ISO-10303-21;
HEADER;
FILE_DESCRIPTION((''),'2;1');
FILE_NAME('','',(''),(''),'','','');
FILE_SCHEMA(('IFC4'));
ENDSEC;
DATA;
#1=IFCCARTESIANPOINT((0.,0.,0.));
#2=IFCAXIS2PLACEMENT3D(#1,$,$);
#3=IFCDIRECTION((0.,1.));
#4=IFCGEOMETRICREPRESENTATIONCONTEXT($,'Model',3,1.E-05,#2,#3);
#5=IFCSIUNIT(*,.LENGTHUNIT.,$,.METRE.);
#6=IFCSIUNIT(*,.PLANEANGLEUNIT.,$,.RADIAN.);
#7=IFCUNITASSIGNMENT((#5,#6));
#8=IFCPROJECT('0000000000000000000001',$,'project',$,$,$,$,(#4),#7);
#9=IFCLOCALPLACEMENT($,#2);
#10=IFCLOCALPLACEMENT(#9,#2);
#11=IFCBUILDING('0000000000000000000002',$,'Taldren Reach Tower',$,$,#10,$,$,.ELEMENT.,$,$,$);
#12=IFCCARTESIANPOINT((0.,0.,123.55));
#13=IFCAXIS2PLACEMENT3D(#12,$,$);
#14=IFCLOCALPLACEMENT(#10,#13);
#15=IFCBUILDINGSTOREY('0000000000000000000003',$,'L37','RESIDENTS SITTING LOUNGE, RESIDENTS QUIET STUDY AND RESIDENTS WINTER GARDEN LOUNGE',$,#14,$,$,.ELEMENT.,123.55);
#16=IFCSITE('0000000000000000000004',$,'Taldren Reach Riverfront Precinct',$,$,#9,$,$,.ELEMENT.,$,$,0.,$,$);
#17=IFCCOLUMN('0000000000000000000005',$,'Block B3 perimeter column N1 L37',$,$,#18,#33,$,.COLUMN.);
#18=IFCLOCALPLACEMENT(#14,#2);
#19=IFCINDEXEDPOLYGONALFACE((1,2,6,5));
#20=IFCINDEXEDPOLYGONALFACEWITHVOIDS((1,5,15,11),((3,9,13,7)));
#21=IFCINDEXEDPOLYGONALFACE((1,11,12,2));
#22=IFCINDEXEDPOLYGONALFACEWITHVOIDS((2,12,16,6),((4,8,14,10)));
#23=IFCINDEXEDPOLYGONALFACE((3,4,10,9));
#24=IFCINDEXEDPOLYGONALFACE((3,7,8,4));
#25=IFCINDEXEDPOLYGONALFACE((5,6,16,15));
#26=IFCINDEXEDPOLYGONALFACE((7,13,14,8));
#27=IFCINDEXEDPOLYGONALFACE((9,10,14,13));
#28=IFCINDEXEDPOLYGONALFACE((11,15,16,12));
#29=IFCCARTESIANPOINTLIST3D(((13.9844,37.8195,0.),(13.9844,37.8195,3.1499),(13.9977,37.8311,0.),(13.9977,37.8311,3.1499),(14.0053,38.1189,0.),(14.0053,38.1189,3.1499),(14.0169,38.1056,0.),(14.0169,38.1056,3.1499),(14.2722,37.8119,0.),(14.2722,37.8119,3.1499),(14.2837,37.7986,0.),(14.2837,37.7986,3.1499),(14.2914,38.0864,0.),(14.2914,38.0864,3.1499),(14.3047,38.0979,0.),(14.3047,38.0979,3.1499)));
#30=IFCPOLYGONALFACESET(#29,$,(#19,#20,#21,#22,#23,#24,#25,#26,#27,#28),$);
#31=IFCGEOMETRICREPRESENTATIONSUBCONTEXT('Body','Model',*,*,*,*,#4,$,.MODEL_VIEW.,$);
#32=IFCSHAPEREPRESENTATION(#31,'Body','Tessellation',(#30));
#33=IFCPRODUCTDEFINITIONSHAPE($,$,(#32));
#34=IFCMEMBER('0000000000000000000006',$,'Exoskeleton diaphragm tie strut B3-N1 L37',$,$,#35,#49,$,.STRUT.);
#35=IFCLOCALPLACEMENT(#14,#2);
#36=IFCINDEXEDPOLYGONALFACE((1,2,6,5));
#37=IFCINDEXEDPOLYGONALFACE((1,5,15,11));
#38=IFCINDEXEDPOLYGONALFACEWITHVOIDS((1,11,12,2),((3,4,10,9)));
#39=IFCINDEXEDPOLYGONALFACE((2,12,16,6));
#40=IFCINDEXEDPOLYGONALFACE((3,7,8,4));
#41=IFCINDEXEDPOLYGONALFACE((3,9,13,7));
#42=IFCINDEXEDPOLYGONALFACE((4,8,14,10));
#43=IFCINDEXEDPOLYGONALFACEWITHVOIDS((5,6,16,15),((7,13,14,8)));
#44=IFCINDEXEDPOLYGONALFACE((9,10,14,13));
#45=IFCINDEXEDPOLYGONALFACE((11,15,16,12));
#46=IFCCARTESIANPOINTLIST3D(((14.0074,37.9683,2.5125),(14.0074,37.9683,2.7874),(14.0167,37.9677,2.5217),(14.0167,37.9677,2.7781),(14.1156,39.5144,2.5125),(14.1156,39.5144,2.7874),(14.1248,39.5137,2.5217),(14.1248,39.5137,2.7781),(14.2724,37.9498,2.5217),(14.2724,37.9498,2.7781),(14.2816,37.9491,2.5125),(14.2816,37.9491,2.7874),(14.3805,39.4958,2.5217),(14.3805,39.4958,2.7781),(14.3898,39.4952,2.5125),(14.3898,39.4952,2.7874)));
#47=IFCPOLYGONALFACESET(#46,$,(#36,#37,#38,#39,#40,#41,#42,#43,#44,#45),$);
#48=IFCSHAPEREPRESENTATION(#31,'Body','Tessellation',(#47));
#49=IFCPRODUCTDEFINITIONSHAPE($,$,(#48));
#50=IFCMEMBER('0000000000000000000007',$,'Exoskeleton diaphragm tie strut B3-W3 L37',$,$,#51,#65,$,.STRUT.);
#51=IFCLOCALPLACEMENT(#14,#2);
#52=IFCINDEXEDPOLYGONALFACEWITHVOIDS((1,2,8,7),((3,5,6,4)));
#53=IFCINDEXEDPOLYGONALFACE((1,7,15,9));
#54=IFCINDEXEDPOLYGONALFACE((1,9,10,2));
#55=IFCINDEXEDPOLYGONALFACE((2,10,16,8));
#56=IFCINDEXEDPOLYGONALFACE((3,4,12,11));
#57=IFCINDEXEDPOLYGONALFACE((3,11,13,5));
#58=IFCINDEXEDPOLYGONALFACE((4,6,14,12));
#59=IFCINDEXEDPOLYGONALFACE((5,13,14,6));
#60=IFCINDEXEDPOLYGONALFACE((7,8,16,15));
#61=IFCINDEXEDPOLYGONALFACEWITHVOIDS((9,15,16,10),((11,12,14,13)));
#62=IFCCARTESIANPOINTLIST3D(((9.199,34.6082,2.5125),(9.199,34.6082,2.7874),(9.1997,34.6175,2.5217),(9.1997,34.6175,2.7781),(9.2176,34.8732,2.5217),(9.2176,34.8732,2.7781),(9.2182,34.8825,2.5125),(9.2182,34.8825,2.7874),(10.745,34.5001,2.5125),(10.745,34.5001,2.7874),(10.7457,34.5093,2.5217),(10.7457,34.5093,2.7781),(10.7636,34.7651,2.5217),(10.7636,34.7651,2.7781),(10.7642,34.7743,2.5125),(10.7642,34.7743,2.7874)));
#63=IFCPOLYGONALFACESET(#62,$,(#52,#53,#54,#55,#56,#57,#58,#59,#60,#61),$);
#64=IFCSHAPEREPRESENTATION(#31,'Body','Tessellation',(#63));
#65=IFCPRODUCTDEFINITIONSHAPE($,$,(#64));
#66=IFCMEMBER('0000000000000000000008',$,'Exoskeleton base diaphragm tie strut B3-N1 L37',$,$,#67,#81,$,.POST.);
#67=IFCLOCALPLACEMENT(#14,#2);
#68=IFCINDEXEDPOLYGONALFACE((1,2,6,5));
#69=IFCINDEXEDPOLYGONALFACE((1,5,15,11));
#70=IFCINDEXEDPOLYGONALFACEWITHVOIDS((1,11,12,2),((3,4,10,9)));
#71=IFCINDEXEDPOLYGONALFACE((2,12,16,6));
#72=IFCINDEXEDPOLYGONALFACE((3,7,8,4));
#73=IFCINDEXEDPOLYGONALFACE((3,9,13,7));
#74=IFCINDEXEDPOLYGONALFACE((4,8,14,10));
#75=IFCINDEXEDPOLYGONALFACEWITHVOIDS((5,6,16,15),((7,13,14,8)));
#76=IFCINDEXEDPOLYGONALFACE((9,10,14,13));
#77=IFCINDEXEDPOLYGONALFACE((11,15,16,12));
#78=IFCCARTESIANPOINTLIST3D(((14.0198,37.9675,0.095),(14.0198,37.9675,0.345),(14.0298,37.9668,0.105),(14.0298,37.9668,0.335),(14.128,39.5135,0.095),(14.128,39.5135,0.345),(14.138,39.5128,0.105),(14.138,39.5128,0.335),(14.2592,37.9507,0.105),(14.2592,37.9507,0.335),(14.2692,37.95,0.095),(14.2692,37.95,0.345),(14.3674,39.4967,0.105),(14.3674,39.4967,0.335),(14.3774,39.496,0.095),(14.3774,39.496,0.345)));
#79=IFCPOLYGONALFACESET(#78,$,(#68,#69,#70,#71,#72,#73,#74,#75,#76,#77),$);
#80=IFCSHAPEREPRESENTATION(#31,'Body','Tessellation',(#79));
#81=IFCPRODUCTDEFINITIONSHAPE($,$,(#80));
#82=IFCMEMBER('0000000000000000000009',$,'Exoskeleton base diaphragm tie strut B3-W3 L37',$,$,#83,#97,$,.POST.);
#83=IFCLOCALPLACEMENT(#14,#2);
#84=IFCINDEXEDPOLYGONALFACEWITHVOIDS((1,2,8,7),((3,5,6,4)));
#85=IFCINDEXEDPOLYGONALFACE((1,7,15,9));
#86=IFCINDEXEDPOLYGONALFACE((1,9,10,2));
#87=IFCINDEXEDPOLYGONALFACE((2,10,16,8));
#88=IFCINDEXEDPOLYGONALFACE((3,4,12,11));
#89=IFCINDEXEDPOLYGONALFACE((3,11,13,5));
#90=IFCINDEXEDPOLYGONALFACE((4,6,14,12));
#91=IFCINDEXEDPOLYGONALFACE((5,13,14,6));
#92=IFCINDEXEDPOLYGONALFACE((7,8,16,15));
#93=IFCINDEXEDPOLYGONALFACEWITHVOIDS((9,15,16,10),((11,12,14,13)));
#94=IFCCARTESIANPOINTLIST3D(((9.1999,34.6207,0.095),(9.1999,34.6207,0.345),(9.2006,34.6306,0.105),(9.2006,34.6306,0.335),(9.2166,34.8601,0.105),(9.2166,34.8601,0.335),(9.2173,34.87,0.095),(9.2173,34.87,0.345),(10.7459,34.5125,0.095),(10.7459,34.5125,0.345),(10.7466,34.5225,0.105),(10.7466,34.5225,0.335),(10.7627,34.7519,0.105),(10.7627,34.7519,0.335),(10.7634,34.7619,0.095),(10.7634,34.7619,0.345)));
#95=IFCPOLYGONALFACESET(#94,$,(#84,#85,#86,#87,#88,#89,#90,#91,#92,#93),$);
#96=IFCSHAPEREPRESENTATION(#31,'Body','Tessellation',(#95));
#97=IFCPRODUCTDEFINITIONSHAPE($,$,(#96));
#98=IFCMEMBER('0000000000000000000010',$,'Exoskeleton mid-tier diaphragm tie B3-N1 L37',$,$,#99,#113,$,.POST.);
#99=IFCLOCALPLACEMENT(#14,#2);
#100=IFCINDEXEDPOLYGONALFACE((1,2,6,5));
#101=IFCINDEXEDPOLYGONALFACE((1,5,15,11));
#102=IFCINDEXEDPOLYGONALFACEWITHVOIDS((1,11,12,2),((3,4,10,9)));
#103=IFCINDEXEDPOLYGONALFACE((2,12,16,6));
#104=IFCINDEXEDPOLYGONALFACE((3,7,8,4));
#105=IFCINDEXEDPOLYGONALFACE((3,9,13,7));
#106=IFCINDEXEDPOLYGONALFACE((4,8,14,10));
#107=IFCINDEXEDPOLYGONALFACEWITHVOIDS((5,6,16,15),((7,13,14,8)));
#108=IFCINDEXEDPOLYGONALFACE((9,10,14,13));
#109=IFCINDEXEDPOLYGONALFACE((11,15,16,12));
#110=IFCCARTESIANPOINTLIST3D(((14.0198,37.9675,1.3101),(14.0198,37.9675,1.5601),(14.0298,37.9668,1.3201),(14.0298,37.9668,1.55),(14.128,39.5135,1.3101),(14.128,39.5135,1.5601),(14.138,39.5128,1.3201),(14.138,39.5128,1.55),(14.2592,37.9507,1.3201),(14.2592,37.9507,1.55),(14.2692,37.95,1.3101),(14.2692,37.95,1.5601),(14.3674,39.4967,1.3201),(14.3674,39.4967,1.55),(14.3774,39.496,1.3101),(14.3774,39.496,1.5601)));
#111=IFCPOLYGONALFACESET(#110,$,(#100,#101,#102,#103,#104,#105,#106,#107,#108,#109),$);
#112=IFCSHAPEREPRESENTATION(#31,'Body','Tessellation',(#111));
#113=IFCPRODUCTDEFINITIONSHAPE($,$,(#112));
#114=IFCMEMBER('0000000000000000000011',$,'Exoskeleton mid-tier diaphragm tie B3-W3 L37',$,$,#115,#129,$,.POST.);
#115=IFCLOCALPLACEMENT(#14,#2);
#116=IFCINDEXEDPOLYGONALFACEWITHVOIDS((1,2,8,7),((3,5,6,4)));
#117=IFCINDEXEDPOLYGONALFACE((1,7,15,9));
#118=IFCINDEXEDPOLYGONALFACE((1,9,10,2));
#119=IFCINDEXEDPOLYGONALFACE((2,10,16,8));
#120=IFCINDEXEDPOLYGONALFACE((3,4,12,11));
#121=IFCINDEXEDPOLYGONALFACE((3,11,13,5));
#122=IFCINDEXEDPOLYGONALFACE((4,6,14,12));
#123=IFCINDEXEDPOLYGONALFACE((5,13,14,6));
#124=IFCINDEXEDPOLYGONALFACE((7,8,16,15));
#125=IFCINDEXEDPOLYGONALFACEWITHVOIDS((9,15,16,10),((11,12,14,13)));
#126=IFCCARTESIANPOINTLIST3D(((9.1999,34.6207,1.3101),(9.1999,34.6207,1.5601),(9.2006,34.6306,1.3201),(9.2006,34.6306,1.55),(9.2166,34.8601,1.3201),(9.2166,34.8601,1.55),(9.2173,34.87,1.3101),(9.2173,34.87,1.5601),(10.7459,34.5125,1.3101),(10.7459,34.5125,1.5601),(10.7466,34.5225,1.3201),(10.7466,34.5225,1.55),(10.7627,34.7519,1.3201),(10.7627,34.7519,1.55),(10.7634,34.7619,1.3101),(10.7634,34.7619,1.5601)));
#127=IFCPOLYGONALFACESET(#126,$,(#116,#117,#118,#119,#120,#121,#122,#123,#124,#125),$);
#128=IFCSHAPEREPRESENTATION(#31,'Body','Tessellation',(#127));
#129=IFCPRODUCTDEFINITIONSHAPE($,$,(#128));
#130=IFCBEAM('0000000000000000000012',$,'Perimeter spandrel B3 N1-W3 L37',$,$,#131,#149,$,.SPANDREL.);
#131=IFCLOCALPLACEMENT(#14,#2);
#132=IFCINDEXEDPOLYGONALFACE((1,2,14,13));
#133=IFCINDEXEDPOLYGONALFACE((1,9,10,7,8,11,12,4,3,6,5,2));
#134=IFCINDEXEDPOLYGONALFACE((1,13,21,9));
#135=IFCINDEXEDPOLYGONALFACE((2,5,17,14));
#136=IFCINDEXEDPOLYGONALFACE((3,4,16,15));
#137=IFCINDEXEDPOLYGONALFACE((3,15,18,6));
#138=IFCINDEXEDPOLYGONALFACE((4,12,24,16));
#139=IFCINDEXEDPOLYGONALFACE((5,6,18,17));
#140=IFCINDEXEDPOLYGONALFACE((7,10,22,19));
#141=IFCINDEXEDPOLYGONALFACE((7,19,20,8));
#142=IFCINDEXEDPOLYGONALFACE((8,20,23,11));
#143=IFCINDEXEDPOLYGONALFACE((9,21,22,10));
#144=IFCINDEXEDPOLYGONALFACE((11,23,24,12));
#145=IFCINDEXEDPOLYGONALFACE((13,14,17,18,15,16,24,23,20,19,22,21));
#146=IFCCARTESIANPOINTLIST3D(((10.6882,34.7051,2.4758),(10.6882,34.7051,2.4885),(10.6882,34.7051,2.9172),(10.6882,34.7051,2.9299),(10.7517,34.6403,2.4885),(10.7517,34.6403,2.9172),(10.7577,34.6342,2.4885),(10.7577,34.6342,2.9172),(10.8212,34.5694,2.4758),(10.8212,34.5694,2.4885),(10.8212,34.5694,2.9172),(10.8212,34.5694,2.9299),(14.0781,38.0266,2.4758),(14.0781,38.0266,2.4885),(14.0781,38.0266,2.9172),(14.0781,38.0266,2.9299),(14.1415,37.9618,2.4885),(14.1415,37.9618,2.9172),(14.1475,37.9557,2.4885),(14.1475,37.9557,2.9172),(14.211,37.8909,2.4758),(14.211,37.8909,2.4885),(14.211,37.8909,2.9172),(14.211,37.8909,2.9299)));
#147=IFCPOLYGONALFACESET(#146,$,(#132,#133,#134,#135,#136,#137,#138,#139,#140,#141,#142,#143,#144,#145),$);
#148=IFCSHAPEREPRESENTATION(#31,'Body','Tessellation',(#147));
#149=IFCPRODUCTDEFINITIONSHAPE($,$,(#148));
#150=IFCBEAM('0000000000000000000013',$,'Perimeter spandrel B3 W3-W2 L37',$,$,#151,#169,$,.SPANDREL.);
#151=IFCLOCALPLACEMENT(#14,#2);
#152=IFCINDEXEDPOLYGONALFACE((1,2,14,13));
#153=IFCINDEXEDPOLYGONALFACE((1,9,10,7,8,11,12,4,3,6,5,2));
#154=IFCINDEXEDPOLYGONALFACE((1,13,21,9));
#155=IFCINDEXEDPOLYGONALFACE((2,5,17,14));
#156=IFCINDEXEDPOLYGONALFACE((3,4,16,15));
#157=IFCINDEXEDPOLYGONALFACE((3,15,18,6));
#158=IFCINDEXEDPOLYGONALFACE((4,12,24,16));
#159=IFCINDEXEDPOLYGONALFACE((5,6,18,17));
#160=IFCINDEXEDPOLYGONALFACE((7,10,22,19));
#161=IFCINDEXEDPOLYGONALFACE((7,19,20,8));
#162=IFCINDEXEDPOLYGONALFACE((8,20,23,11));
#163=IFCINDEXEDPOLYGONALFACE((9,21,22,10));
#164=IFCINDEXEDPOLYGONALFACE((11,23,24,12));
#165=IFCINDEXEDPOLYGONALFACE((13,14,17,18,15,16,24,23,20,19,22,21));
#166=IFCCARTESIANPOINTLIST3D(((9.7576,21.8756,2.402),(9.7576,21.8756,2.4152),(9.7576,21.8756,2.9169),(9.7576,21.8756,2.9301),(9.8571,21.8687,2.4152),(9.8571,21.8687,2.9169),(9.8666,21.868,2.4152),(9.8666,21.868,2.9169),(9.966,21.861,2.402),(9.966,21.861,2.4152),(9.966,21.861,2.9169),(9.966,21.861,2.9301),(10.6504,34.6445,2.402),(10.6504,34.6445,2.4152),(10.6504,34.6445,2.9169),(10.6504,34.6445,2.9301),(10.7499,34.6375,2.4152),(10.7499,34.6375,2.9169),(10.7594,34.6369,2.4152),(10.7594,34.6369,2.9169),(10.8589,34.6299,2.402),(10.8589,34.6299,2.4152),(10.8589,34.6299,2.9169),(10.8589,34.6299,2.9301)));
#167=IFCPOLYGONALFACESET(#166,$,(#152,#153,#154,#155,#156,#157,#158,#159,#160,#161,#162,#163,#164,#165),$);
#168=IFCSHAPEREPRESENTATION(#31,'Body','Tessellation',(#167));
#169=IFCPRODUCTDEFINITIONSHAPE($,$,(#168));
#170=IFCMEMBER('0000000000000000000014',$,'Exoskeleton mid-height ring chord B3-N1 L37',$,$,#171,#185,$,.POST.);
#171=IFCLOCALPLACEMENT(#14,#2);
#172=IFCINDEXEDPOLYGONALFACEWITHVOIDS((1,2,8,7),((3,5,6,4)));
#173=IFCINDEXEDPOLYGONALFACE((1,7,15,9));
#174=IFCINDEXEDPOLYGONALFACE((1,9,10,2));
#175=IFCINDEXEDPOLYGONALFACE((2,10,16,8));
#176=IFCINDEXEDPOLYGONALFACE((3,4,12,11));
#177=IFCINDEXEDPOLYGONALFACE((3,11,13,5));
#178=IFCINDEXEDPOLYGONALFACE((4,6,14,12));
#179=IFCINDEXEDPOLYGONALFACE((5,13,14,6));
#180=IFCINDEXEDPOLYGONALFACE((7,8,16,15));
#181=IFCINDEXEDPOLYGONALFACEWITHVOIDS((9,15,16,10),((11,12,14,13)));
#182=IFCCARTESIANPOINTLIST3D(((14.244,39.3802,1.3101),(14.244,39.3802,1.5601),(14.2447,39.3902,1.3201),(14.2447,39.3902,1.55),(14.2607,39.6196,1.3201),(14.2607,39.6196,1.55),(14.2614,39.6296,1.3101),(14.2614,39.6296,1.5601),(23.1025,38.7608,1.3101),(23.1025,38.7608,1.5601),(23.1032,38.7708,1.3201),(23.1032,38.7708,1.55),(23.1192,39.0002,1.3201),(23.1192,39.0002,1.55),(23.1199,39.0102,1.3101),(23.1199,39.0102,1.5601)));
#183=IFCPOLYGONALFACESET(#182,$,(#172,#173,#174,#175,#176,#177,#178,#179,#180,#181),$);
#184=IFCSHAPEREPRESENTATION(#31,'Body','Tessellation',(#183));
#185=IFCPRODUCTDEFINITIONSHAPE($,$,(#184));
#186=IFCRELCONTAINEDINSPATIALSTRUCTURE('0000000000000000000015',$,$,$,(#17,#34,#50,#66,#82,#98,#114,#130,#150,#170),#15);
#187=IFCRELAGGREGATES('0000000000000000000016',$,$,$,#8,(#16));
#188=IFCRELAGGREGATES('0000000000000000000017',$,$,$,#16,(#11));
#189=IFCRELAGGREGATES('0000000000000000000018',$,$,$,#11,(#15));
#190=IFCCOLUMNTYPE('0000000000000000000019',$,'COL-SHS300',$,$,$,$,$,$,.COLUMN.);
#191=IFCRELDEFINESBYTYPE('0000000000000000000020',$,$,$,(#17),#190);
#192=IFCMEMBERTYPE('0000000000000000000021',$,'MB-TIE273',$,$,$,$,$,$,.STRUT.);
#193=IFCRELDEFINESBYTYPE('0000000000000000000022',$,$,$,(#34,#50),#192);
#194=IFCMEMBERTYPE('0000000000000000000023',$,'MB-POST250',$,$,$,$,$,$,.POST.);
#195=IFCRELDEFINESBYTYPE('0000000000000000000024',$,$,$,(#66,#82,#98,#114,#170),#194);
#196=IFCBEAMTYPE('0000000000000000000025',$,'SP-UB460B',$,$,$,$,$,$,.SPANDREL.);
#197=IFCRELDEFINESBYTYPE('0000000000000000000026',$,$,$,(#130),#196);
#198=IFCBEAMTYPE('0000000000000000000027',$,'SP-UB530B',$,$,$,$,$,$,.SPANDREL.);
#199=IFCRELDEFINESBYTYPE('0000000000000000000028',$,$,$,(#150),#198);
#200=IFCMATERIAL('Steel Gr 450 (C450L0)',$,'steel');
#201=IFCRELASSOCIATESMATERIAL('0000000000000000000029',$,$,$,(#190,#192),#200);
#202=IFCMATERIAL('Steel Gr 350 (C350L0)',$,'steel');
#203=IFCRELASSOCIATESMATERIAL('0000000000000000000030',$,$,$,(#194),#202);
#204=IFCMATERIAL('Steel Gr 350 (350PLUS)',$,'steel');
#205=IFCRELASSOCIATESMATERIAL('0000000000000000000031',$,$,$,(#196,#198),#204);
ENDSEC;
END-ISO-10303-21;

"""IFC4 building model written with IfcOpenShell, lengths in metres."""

from ifc_helpers import new_model, si_unit, direction, frame, origin, origin_2d, place, context, subcontext, project, spatial, hollow_rectangle, i_section, extrude, source, transform, mapped, material, material_profile, profile_set, type_object, element, save


model = new_model("IFC4")

# Units and contexts
model_context = context("Model", 3, precision=1e-05, world=origin(), true_north=direction((0.0, 1.0)))
body_context = subcontext(model_context, "Body", "Model", "MODEL_VIEW")
ifc_project = project(units=[si_unit("LENGTHUNIT", "METRE"), si_unit("PLANEANGLEUNIT", "RADIAN")], contexts=[model_context])

# Site, building, storey
site_placement = place(None, origin())
site = spatial("IfcSite", under=ifc_project, at=site_placement, Name="Taldren Reach Riverfront Precinct", CompositionType="ELEMENT", RefElevation=0.0)
building_placement = place(site_placement, origin())
building = spatial("IfcBuilding", under=site, at=building_placement, Name="Taldren Reach Tower", CompositionType="ELEMENT")
storey_placement = place(building_placement, frame((0.0, 0.0, 123.55)))
storey = spatial("IfcBuildingStorey", under=building, at=storey_placement, Name="L37", Description="RESIDENTS SITTING LOUNGE, RESIDENTS QUIET STUDY AND RESIDENTS WINTER GARDEN LOUNGE", CompositionType="ELEMENT", Elevation=123.55)

# Column
ifc_material_1 = material(Name="Steel Gr 450 (C450L0)", Category="steel")
ifc_material_profile_1 = material_profile(ifc_material_1, hollow_rectangle(XDim=0.3, YDim=0.3, WallThickness=0.0125, at=origin_2d()), Name="300x300x12.5SHS")
ifc_profile_set_1 = profile_set([ifc_material_profile_1], Name="Steel Gr 450 (C450L0)")
column_type = type_object("IfcColumnType", Name="COL-SHS300", PredefinedType="COLUMN", material=ifc_profile_set_1)
shared_shape_1 = source(origin(), body_context, "Body", "SweptSolid", [
    extrude(hollow_rectangle(XDim=0.3, YDim=0.3, WallThickness=0.0125, at=origin_2d()), origin(), (0.0, 0.0, 1.0), 3.1499),
])
column_placement = place(storey_placement, frame((14.1445, 37.9587, 0.0), z_axis=(0.0, 0.0, 1.0), x_axis=(0.997564, -0.069756, 0.0)))
element("IfcColumn", 1, at=column_placement, inside=storey, type_object=column_type, Name="Block B3 perimeter column N1 L37", PredefinedType="COLUMN", context=body_context, shape_type="MappedRepresentation", body=[
    mapped(shared_shape_1, transform((0.0, 0.0, 0.0), scale=1.0)),
])

# Members
ifc_material_profile_2 = material_profile(ifc_material_1, hollow_rectangle(XDim=0.2749, YDim=0.2749, WallThickness=0.0093, at=origin_2d()), Name="275x275x9.3SHS")
ifc_profile_set_2 = profile_set([ifc_material_profile_2], Name="Steel Gr 450 (C450L0)")
member_type_1 = type_object("IfcMemberType", Name="MB-TIE273", PredefinedType="STRUT", material=ifc_profile_set_2)
shared_shape_2 = source(origin(), body_context, "Body", "SweptSolid", [
    extrude(hollow_rectangle(XDim=0.2749, YDim=0.2749, WallThickness=0.0093, at=origin_2d()), origin(), (0.0, 0.0, 1.0), 1.5498),
])
for number, where, z_axis, x_axis, name in (
    (2, (14.1445, 37.9587, 2.6499), (0.069781, 0.997562, 0.0), (-0.997562, 0.069781, 0.0), "Exoskeleton diaphragm tie strut B3-N1 L37"),
    (3, (10.7546, 34.6372, 2.6499), (-0.997562, 0.069781, 0.0), (-0.069781, -0.997562, 0.0), "Exoskeleton diaphragm tie strut B3-W3 L37"),
):
    element("IfcMember", number, at=place(storey_placement, frame(where, z_axis=z_axis, x_axis=x_axis)), inside=storey, type_object=member_type_1, Name=name, PredefinedType="STRUT", context=body_context, shape_type="MappedRepresentation", body=[
        mapped(shared_shape_2, transform((0.0, 0.0, 0.0), scale=1.0)),
    ])
ifc_material_2 = material(Name="Steel Gr 350 (C350L0)", Category="steel")
ifc_material_profile_3 = material_profile(ifc_material_2, hollow_rectangle(XDim=0.25, YDim=0.25, WallThickness=0.01, at=origin_2d()), Name="250x250x10.0SHS")
ifc_profile_set_3 = profile_set([ifc_material_profile_3], Name="Steel Gr 350 (C350L0)")
member_type_2 = type_object("IfcMemberType", Name="MB-POST250", PredefinedType="POST", material=ifc_profile_set_3)
shared_shape_3 = source(origin(), body_context, "Body", "SweptSolid", [
    extrude(hollow_rectangle(XDim=0.25, YDim=0.25, WallThickness=0.01, at=origin_2d()), origin(), (0.0, 0.0, 1.0), 1.5498),
])
for number, where, z_axis, x_axis, name in (
    (4, (14.1445, 37.9587, 0.22), (0.069781, 0.997562, 0.0), (-0.997562, 0.069781, 0.0), "Exoskeleton base diaphragm tie strut B3-N1 L37"),
    (5, (10.7546, 34.6372, 0.22), (-0.997562, 0.069781, 0.0), (-0.069781, -0.997562, 0.0), "Exoskeleton base diaphragm tie strut B3-W3 L37"),
    (6, (14.1445, 37.9587, 1.4351), (0.069781, 0.997562, 0.0), (-0.997562, 0.069781, 0.0), "Exoskeleton mid-tier diaphragm tie B3-N1 L37"),
    (7, (10.7546, 34.6372, 1.4351), (-0.997562, 0.069781, 0.0), (-0.069781, -0.997562, 0.0), "Exoskeleton mid-tier diaphragm tie B3-W3 L37"),
):
    element("IfcMember", number, at=place(storey_placement, frame(where, z_axis=z_axis, x_axis=x_axis)), inside=storey, type_object=member_type_2, Name=name, PredefinedType="POST", context=body_context, shape_type="MappedRepresentation", body=[
        mapped(shared_shape_3, transform((0.0, 0.0, 0.0), scale=1.0)),
    ])

# Beams
ifc_material_3 = material(Name="Steel Gr 350 (350PLUS)", Category="steel")
ifc_material_profile_4 = material_profile(ifc_material_3, i_section(OverallWidth=0.1899, OverallDepth=0.4541, WebThickness=0.0085, FlangeThickness=0.0127, at=origin_2d()), Name="460UB67.1")
ifc_profile_set_4 = profile_set([ifc_material_profile_4], Name="Steel Gr 350 (350PLUS)")
beam_type_1 = type_object("IfcBeamType", Name="SP-UB460B", PredefinedType="SPANDREL", material=ifc_profile_set_4)
shared_shape_4 = source(origin(), body_context, "Body", "SweptSolid", [
    extrude(i_section(OverallWidth=0.1899, OverallDepth=0.4541, WebThickness=0.0085, FlangeThickness=0.0127, at=origin_2d()), origin(), (0.0, 0.0, 1.0), 4.7458),
])
beam_1_placement = place(storey_placement, frame((14.1445, 37.9587, 2.7029), z_axis=(-0.714272, -0.699868, 0.0), x_axis=(0.699868, -0.714272, 0.0)))
element("IfcBeam", 8, at=beam_1_placement, inside=storey, type_object=beam_type_1, Name="Perimeter spandrel B3 N1-W3 L37", PredefinedType="SPANDREL", context=body_context, shape_type="MappedRepresentation", body=[
    mapped(shared_shape_4, transform((0.0, 0.0, 0.0), scale=1.0)),
])
ifc_material_profile_5 = material_profile(ifc_material_3, i_section(OverallWidth=0.209, OverallDepth=0.5281, WebThickness=0.0095, FlangeThickness=0.0132, at=origin_2d()), Name="530UB82.0")
ifc_profile_set_5 = profile_set([ifc_material_profile_5], Name="Steel Gr 350 (350PLUS)")
beam_type_2 = type_object("IfcBeamType", Name="SP-UB530B", PredefinedType="SPANDREL", material=ifc_profile_set_5)
shared_shape_5 = source(origin(), body_context, "Body", "SweptSolid", [
    extrude(i_section(OverallWidth=0.209, OverallDepth=0.5281, WebThickness=0.0095, FlangeThickness=0.0132, at=origin_2d()), origin(), (0.0, 0.0, 1.0), 12.8),
])
beam_2_placement = place(storey_placement, frame((10.7546, 34.6372, 2.666), z_axis=(-0.069752, -0.997564, 0.0), x_axis=(0.997564, -0.069752, 0.0)))
element("IfcBeam", 9, at=beam_2_placement, inside=storey, type_object=beam_type_2, Name="Perimeter spandrel B3 W3-W2 L37", PredefinedType="SPANDREL", context=body_context, shape_type="MappedRepresentation", body=[
    mapped(shared_shape_5, transform((0.0, 0.0, 0.0), scale=1.0)),
])

# Member
shared_shape_6 = source(origin(), body_context, "Body", "SweptSolid", [
    extrude(hollow_rectangle(XDim=0.25, YDim=0.25, WallThickness=0.01, at=origin_2d()), origin(), (0.0, 0.0, 1.0), 8.8801),
])
member_1_placement = place(storey_placement, frame((14.2527, 39.5049, 1.4351), z_axis=(0.997564, -0.06975, 0.0), x_axis=(0.06975, 0.997564, 0.0)))
element("IfcMember", 10, at=member_1_placement, inside=storey, type_object=member_type_2, Name="Exoskeleton mid-height ring chord B3-N1 L37", PredefinedType="POST", context=body_context, shape_type="MappedRepresentation", body=[
    mapped(shared_shape_6, transform((0.0, 0.0, 0.0), scale=1.0)),
])

save(model, "model.ifc")
